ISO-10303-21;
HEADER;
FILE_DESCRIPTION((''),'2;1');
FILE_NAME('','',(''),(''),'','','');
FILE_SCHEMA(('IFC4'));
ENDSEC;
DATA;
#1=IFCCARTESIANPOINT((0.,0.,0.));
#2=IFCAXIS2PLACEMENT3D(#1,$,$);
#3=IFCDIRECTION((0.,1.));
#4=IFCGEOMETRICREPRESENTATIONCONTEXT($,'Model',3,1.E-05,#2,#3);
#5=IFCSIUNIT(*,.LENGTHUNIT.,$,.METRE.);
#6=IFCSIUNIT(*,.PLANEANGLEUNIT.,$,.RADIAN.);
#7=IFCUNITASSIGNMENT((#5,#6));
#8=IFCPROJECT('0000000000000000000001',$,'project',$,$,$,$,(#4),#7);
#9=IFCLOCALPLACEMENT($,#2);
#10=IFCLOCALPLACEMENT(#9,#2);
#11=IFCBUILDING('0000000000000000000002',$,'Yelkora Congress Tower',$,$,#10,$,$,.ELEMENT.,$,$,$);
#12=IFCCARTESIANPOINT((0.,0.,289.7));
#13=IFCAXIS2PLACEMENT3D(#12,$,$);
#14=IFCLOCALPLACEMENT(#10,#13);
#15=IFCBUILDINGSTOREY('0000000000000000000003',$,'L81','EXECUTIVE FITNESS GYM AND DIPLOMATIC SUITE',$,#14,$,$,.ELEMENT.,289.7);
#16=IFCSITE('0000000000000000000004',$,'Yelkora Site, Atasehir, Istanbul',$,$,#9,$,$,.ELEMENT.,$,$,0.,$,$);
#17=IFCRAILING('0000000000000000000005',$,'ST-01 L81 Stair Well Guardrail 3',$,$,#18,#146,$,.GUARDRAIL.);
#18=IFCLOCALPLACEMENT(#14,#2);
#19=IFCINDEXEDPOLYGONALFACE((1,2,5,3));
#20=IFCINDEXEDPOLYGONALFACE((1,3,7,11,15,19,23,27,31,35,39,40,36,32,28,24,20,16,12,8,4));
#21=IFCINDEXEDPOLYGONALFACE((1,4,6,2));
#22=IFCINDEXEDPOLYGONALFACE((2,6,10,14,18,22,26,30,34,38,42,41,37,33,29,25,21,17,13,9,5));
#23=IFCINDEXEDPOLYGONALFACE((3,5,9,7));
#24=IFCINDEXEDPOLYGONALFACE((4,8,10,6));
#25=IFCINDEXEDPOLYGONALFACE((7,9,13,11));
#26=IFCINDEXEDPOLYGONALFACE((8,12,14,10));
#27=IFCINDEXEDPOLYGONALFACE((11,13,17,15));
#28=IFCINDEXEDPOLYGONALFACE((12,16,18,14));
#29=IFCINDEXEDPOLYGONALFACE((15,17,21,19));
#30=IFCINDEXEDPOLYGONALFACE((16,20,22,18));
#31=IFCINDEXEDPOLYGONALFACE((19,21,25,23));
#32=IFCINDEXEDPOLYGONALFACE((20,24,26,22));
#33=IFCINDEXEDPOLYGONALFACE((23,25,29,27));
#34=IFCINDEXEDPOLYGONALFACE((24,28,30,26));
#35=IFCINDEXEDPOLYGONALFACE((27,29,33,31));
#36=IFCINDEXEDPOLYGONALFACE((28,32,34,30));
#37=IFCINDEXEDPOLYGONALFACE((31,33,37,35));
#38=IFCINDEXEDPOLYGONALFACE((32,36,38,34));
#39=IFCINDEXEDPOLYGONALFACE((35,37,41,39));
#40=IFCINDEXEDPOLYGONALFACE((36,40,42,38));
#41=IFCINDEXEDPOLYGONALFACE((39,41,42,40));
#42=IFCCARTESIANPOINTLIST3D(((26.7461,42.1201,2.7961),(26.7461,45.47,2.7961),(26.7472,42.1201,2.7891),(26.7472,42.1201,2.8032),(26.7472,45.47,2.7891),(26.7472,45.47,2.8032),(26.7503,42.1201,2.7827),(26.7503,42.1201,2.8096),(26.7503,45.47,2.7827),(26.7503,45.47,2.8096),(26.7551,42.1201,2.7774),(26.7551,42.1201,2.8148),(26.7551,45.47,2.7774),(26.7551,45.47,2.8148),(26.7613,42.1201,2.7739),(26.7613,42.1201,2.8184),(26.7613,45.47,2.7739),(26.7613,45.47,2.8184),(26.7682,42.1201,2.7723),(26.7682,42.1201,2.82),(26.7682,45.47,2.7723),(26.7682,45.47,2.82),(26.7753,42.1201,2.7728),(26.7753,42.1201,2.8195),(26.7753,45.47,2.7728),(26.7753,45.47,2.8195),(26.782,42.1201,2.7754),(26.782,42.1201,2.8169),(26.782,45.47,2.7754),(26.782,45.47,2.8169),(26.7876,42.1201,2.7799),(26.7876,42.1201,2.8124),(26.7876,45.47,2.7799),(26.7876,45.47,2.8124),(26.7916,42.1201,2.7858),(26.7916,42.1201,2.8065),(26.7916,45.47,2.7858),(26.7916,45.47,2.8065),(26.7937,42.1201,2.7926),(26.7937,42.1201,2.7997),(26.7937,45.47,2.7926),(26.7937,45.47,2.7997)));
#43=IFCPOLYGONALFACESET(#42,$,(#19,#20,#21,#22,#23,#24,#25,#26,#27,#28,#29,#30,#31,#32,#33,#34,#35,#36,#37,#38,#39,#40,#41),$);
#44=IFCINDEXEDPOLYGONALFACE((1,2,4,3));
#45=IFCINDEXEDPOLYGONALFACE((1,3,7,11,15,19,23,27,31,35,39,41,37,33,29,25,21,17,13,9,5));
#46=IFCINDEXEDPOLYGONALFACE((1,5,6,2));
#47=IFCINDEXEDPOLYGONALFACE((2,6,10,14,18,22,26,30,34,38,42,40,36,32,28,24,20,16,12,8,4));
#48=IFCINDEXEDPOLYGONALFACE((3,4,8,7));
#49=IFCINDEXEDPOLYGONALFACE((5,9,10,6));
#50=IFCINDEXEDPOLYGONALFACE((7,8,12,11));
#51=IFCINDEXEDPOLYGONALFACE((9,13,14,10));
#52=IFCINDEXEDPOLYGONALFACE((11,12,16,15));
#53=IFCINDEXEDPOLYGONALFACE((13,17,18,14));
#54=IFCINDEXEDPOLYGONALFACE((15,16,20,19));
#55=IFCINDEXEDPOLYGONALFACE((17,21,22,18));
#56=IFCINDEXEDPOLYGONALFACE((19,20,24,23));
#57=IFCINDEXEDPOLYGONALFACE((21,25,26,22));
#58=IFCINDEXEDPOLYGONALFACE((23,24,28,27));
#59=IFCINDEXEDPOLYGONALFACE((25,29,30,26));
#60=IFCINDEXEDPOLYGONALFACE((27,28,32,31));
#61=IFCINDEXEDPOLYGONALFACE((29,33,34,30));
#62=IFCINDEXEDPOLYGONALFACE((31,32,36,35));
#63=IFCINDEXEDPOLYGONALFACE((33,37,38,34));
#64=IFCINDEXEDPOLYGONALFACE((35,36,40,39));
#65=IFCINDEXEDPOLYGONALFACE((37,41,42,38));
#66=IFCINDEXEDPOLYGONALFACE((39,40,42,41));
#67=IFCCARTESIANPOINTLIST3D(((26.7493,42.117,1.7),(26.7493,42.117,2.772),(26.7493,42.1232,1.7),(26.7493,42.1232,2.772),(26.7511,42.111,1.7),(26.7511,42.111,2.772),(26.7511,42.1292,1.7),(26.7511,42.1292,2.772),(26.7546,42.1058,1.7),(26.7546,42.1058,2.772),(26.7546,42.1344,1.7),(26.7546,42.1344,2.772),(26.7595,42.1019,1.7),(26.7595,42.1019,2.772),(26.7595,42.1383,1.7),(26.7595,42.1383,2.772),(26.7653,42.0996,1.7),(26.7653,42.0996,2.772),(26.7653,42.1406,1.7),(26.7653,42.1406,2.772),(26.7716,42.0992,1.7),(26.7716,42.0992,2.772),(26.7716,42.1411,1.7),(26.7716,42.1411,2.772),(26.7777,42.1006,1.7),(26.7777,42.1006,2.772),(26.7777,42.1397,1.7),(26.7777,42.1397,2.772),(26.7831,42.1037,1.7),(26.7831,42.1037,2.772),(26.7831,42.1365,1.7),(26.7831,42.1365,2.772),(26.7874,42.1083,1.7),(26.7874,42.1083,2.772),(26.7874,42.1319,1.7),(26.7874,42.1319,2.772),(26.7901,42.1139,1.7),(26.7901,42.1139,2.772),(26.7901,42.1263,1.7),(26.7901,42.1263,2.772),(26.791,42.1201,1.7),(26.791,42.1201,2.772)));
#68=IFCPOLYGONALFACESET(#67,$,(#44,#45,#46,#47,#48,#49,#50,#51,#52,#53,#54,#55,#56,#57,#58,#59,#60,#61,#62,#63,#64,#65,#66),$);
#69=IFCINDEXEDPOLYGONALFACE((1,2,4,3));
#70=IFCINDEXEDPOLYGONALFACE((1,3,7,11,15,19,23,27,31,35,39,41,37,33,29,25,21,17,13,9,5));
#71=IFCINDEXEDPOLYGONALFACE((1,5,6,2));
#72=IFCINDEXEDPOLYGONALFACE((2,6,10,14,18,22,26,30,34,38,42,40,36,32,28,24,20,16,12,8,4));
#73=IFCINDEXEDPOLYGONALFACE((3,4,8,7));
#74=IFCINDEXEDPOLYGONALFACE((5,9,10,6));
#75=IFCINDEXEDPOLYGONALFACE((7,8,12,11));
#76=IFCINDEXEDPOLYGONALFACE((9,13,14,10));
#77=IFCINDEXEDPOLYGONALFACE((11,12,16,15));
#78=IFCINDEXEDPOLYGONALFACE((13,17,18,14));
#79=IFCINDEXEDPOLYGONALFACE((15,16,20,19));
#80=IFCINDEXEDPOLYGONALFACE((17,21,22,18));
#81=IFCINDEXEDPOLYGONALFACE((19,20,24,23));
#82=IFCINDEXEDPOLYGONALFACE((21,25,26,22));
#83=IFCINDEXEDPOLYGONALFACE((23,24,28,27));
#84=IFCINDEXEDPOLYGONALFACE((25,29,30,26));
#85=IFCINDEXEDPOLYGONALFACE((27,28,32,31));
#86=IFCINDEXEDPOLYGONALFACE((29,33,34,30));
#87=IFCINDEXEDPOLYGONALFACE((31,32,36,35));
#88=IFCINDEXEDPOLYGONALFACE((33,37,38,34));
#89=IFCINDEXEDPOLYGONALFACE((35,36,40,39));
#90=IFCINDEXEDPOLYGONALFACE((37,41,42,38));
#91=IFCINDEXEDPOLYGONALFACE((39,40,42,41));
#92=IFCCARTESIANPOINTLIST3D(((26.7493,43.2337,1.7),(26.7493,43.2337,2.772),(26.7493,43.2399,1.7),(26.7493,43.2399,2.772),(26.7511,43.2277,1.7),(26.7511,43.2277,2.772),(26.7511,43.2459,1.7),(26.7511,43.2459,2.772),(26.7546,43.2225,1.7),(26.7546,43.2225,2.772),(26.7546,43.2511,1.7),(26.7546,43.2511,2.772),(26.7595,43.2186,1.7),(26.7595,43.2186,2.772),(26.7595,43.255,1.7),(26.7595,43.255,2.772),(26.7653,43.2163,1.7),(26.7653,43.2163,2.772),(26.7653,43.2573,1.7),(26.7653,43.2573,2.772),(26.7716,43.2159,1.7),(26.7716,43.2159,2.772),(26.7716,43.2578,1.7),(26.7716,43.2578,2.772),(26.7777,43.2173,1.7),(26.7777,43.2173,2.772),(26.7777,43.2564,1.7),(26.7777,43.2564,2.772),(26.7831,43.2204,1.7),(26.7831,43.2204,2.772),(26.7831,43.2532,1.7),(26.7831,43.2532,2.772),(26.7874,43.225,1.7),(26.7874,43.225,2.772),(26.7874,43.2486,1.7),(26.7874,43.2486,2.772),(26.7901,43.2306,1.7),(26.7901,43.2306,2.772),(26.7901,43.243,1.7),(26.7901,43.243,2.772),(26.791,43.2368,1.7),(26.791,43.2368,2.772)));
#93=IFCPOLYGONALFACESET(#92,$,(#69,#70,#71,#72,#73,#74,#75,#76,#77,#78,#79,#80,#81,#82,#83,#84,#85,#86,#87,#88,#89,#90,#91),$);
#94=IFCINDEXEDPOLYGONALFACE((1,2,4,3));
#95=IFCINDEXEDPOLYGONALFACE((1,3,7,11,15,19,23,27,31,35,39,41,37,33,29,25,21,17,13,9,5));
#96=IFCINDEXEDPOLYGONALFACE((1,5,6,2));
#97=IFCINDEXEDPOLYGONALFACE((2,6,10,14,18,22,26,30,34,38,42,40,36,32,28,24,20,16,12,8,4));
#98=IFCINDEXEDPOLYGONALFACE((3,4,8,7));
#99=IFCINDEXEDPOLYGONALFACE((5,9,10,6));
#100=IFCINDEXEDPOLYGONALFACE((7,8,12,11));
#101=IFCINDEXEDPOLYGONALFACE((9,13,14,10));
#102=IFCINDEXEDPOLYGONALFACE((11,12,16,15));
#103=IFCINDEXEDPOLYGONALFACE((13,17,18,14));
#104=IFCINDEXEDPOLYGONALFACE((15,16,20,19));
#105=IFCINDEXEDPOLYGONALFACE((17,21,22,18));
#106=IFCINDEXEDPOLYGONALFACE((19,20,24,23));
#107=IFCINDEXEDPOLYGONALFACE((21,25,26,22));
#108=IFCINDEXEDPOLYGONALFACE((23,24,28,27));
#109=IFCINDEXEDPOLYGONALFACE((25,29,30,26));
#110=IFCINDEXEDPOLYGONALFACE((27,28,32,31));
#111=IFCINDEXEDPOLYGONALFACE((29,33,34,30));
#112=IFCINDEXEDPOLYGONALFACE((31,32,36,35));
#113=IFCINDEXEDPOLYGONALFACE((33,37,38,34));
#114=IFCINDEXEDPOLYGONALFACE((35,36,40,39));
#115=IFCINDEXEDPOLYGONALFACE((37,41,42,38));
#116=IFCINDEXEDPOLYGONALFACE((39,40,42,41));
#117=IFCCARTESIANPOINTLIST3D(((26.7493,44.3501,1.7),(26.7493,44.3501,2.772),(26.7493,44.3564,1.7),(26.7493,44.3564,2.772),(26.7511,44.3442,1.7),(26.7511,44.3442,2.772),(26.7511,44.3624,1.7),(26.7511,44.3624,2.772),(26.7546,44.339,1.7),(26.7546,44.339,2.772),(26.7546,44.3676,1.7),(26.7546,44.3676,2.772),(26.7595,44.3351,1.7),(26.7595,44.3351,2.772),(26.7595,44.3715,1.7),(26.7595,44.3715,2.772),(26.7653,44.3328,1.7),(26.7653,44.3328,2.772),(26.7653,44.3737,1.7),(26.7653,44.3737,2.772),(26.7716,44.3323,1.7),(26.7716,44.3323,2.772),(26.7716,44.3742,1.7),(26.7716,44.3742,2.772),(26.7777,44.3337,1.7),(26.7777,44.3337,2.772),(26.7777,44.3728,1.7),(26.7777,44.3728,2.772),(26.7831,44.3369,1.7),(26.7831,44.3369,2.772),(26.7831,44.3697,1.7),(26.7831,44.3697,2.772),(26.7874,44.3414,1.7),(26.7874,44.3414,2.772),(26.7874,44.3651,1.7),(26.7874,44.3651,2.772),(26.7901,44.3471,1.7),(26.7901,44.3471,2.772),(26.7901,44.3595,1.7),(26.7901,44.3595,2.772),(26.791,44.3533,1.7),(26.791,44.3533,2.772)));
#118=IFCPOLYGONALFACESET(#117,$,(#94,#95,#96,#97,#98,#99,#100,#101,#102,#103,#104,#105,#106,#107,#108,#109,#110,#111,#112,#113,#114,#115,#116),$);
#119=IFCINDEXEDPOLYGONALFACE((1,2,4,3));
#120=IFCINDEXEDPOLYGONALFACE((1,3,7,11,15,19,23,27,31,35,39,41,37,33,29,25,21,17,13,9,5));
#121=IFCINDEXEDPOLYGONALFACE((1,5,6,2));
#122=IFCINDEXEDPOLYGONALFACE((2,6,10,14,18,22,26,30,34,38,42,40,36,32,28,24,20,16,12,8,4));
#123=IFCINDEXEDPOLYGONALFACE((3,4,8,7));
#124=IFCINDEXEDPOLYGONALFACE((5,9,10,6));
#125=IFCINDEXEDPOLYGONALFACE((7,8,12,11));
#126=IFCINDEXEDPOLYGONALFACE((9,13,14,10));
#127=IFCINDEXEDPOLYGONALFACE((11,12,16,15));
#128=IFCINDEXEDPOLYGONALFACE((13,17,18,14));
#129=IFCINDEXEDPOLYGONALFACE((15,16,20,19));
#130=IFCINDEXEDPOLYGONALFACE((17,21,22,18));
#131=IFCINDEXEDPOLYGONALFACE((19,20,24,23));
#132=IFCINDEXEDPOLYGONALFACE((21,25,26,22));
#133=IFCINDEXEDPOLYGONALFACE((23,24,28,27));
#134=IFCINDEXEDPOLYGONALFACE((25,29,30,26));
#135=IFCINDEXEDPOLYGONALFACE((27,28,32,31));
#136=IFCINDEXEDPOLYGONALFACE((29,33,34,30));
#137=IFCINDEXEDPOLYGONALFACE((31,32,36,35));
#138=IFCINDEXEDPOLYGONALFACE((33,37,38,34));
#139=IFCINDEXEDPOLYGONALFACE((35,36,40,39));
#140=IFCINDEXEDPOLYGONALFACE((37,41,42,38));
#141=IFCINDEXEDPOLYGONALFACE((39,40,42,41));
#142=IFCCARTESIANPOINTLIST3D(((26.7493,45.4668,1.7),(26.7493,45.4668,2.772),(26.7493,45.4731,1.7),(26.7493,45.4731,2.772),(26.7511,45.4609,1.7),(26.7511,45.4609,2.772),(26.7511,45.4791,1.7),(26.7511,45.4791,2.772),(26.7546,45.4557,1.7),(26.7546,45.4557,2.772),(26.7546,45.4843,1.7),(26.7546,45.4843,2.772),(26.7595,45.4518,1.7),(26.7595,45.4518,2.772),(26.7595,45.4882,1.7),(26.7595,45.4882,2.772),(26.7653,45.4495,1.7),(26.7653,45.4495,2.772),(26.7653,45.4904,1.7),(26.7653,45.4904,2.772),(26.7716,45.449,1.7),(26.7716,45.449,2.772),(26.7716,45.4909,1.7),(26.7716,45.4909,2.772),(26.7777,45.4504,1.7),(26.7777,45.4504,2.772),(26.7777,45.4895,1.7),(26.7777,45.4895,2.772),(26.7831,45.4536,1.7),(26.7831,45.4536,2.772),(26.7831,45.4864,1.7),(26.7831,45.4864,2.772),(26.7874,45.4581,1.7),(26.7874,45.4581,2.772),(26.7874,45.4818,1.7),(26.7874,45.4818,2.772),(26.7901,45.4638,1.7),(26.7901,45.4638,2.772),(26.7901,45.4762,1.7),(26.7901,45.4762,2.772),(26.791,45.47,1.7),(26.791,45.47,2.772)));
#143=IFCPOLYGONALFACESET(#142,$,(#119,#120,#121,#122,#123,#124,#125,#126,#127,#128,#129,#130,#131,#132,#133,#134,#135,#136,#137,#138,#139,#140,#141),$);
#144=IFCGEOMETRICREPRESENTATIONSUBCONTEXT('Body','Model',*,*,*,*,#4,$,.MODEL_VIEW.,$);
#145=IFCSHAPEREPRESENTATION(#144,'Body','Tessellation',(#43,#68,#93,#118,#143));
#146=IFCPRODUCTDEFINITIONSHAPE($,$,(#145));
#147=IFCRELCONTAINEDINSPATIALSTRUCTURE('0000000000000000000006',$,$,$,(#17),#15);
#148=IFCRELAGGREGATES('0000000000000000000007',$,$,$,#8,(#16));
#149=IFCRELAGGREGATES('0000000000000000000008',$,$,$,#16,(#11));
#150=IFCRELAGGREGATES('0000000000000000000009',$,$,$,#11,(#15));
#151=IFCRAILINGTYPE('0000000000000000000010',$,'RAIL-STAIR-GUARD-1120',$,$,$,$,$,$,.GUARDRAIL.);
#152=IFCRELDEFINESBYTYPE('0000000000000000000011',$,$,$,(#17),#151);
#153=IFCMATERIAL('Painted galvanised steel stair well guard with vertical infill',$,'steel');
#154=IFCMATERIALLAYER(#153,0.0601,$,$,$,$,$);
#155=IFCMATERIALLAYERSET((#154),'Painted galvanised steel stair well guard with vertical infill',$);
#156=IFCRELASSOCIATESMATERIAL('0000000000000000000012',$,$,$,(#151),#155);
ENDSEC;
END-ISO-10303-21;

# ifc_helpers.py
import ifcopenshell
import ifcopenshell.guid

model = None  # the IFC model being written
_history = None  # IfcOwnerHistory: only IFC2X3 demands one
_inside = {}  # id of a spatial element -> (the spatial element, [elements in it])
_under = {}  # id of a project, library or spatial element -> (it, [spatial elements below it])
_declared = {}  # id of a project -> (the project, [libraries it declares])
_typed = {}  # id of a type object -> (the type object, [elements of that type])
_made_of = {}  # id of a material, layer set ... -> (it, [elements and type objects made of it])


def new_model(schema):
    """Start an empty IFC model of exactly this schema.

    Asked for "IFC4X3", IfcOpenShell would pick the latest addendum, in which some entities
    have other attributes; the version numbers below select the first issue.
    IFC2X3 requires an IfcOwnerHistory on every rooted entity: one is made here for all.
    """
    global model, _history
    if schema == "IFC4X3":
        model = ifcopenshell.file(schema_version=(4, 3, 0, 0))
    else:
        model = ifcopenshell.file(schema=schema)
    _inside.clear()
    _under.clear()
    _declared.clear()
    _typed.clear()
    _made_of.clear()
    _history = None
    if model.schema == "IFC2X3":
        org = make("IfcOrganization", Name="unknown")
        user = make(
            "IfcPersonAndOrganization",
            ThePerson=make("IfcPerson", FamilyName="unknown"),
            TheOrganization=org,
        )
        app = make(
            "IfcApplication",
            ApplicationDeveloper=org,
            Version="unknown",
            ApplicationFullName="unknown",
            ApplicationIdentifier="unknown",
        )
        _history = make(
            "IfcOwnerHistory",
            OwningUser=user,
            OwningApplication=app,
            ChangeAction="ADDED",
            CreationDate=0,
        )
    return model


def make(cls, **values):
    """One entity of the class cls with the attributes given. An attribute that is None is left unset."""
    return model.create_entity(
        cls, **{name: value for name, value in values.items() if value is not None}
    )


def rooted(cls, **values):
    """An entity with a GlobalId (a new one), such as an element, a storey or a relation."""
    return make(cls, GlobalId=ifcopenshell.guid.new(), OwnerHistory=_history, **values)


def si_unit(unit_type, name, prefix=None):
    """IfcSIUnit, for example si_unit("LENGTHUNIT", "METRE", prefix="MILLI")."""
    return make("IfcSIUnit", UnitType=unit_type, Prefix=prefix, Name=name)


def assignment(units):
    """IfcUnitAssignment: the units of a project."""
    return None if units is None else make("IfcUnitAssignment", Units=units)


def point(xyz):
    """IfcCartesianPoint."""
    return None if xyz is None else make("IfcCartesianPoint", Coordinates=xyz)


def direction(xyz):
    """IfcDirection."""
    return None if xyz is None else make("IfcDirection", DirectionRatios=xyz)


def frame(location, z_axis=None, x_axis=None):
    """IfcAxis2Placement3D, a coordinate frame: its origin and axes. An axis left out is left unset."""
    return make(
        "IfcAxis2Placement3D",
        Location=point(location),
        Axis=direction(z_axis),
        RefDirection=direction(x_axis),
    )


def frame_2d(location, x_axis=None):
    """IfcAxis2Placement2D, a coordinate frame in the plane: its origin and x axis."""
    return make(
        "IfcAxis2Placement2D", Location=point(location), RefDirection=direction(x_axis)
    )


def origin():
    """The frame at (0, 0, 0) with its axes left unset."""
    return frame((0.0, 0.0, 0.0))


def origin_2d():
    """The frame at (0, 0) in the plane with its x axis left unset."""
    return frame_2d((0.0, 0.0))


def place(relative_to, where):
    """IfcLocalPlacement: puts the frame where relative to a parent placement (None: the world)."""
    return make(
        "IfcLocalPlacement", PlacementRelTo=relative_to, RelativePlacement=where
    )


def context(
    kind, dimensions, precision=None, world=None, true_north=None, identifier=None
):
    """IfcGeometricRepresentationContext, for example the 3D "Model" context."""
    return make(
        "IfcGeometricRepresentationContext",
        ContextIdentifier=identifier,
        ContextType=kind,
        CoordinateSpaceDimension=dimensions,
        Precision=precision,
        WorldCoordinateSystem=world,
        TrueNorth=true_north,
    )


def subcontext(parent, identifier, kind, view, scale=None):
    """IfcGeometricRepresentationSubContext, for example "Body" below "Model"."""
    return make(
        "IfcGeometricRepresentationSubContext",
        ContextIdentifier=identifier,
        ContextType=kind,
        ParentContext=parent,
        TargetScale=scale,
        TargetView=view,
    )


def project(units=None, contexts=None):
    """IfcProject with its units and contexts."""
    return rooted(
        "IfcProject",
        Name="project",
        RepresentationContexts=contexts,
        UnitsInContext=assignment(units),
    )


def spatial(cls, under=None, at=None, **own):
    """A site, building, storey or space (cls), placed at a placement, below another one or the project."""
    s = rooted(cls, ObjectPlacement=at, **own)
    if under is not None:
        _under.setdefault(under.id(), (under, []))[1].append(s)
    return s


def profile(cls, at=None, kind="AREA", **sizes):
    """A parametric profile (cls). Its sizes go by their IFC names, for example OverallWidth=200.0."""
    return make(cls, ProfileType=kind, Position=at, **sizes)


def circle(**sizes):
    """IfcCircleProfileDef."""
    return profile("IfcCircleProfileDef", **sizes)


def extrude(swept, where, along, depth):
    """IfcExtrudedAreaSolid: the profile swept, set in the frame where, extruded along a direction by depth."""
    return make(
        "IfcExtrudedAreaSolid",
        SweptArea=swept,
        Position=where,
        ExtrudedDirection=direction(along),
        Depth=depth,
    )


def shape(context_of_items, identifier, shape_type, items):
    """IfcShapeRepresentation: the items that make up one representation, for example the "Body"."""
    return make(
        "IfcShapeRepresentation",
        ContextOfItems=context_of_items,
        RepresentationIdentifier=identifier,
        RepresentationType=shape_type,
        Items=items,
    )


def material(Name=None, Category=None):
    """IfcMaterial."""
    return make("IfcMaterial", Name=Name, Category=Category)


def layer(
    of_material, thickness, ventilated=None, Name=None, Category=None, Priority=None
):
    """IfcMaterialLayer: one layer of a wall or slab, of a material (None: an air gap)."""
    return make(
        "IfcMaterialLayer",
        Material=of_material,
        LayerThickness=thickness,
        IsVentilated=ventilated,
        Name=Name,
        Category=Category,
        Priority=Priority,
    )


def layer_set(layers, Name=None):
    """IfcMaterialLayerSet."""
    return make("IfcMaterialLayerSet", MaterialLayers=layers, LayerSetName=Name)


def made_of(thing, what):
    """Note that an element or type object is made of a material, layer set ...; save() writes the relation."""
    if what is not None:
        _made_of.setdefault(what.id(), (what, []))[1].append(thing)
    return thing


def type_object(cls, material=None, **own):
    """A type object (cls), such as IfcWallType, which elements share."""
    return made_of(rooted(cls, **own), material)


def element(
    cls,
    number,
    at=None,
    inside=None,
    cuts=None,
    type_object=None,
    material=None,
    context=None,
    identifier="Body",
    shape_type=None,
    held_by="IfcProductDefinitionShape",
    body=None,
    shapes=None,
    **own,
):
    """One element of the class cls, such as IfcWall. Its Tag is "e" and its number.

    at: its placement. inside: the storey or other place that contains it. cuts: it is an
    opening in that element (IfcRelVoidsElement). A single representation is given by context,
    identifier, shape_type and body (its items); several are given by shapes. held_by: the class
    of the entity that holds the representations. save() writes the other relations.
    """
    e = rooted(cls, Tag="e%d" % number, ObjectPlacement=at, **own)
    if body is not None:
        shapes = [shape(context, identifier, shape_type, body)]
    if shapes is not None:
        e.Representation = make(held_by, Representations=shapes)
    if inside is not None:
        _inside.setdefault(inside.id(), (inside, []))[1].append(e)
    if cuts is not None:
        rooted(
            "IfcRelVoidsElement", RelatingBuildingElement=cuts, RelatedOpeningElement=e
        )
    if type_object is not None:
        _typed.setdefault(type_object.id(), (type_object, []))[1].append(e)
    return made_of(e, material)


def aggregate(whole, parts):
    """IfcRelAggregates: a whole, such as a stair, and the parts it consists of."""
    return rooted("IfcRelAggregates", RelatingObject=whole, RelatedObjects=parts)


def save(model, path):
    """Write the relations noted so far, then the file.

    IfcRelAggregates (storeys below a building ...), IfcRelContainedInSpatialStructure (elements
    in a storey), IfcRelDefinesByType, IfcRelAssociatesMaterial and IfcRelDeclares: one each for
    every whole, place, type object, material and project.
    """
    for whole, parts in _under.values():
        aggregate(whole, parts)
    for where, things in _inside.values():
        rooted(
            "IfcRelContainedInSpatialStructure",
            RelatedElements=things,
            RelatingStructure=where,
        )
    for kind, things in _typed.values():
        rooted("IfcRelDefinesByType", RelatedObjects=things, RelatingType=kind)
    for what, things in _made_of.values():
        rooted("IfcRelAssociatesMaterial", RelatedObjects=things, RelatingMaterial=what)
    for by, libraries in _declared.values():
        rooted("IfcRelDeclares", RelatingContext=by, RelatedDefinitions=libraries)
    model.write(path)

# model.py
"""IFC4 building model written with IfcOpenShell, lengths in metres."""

from ifc_helpers import new_model, si_unit, direction, frame, origin, origin_2d, place, context, subcontext, project, spatial, circle, extrude, material, layer, layer_set, type_object, element, save


model = new_model("IFC4")

# Units and contexts
model_context = context("Model", 3, precision=1e-05, world=origin(), true_north=direction((0.0, 1.0)))
body_context = subcontext(model_context, "Body", "Model", "MODEL_VIEW")
ifc_project = project(units=[si_unit("LENGTHUNIT", "METRE"), si_unit("PLANEANGLEUNIT", "RADIAN")], contexts=[model_context])

# Site, building, storey
site_placement = place(None, origin())
site = spatial("IfcSite", under=ifc_project, at=site_placement, Name="Yelkora Site, Atasehir, Istanbul", CompositionType="ELEMENT", RefElevation=0.0)
building_placement = place(site_placement, origin())
building = spatial("IfcBuilding", under=site, at=building_placement, Name="Yelkora Congress Tower", CompositionType="ELEMENT")
storey_placement = place(building_placement, frame((0.0, 0.0, 289.7)))
storey = spatial("IfcBuildingStorey", under=building, at=storey_placement, Name="L81", Description="EXECUTIVE FITNESS GYM AND DIPLOMATIC SUITE", CompositionType="ELEMENT", Elevation=289.7)

# Railing
ifc_material_1 = material(Name="Painted galvanised steel stair well guard with vertical infill", Category="steel")
ifc_layer_1 = layer(ifc_material_1, 0.0601)
ifc_layer_set_1 = layer_set([ifc_layer_1], Name="Painted galvanised steel stair well guard with vertical infill")
railing_type = type_object("IfcRailingType", Name="RAIL-STAIR-GUARD-1120", PredefinedType="GUARDRAIL", material=ifc_layer_set_1)
railing_1_placement = place(storey_placement, frame((26.77, 42.1201, 1.7)))
element("IfcRailing", 1, at=railing_1_placement, inside=storey, type_object=railing_type, Name="ST-01 L81 Stair Well Guardrail 3", PredefinedType="GUARDRAIL", context=body_context, shape_type="SweptSolid", body=[
    extrude(circle(Radius=0.0239, at=origin_2d()), frame((0.0, 0.0, 1.0962), z_axis=(0.0, 1.0, 0.0), x_axis=(-1.0, 0.0, 0.0)), (0.0, 0.0, 1.0), 3.3499),
    extrude(circle(Radius=0.021, at=origin_2d()), origin(), (0.0, 0.0, 1.0), 1.072),
    extrude(circle(Radius=0.021, at=origin_2d()), frame((0.0, 1.1167, 0.0)), (0.0, 0.0, 1.0), 1.072),
    extrude(circle(Radius=0.021, at=origin_2d()), frame((0.0, 2.2332, 0.0)), (0.0, 0.0, 1.0), 1.072),
    extrude(circle(Radius=0.021, at=origin_2d()), frame((0.0, 3.3499, 0.0)), (0.0, 0.0, 1.0), 1.072),
])

save(model, "model.ifc")
